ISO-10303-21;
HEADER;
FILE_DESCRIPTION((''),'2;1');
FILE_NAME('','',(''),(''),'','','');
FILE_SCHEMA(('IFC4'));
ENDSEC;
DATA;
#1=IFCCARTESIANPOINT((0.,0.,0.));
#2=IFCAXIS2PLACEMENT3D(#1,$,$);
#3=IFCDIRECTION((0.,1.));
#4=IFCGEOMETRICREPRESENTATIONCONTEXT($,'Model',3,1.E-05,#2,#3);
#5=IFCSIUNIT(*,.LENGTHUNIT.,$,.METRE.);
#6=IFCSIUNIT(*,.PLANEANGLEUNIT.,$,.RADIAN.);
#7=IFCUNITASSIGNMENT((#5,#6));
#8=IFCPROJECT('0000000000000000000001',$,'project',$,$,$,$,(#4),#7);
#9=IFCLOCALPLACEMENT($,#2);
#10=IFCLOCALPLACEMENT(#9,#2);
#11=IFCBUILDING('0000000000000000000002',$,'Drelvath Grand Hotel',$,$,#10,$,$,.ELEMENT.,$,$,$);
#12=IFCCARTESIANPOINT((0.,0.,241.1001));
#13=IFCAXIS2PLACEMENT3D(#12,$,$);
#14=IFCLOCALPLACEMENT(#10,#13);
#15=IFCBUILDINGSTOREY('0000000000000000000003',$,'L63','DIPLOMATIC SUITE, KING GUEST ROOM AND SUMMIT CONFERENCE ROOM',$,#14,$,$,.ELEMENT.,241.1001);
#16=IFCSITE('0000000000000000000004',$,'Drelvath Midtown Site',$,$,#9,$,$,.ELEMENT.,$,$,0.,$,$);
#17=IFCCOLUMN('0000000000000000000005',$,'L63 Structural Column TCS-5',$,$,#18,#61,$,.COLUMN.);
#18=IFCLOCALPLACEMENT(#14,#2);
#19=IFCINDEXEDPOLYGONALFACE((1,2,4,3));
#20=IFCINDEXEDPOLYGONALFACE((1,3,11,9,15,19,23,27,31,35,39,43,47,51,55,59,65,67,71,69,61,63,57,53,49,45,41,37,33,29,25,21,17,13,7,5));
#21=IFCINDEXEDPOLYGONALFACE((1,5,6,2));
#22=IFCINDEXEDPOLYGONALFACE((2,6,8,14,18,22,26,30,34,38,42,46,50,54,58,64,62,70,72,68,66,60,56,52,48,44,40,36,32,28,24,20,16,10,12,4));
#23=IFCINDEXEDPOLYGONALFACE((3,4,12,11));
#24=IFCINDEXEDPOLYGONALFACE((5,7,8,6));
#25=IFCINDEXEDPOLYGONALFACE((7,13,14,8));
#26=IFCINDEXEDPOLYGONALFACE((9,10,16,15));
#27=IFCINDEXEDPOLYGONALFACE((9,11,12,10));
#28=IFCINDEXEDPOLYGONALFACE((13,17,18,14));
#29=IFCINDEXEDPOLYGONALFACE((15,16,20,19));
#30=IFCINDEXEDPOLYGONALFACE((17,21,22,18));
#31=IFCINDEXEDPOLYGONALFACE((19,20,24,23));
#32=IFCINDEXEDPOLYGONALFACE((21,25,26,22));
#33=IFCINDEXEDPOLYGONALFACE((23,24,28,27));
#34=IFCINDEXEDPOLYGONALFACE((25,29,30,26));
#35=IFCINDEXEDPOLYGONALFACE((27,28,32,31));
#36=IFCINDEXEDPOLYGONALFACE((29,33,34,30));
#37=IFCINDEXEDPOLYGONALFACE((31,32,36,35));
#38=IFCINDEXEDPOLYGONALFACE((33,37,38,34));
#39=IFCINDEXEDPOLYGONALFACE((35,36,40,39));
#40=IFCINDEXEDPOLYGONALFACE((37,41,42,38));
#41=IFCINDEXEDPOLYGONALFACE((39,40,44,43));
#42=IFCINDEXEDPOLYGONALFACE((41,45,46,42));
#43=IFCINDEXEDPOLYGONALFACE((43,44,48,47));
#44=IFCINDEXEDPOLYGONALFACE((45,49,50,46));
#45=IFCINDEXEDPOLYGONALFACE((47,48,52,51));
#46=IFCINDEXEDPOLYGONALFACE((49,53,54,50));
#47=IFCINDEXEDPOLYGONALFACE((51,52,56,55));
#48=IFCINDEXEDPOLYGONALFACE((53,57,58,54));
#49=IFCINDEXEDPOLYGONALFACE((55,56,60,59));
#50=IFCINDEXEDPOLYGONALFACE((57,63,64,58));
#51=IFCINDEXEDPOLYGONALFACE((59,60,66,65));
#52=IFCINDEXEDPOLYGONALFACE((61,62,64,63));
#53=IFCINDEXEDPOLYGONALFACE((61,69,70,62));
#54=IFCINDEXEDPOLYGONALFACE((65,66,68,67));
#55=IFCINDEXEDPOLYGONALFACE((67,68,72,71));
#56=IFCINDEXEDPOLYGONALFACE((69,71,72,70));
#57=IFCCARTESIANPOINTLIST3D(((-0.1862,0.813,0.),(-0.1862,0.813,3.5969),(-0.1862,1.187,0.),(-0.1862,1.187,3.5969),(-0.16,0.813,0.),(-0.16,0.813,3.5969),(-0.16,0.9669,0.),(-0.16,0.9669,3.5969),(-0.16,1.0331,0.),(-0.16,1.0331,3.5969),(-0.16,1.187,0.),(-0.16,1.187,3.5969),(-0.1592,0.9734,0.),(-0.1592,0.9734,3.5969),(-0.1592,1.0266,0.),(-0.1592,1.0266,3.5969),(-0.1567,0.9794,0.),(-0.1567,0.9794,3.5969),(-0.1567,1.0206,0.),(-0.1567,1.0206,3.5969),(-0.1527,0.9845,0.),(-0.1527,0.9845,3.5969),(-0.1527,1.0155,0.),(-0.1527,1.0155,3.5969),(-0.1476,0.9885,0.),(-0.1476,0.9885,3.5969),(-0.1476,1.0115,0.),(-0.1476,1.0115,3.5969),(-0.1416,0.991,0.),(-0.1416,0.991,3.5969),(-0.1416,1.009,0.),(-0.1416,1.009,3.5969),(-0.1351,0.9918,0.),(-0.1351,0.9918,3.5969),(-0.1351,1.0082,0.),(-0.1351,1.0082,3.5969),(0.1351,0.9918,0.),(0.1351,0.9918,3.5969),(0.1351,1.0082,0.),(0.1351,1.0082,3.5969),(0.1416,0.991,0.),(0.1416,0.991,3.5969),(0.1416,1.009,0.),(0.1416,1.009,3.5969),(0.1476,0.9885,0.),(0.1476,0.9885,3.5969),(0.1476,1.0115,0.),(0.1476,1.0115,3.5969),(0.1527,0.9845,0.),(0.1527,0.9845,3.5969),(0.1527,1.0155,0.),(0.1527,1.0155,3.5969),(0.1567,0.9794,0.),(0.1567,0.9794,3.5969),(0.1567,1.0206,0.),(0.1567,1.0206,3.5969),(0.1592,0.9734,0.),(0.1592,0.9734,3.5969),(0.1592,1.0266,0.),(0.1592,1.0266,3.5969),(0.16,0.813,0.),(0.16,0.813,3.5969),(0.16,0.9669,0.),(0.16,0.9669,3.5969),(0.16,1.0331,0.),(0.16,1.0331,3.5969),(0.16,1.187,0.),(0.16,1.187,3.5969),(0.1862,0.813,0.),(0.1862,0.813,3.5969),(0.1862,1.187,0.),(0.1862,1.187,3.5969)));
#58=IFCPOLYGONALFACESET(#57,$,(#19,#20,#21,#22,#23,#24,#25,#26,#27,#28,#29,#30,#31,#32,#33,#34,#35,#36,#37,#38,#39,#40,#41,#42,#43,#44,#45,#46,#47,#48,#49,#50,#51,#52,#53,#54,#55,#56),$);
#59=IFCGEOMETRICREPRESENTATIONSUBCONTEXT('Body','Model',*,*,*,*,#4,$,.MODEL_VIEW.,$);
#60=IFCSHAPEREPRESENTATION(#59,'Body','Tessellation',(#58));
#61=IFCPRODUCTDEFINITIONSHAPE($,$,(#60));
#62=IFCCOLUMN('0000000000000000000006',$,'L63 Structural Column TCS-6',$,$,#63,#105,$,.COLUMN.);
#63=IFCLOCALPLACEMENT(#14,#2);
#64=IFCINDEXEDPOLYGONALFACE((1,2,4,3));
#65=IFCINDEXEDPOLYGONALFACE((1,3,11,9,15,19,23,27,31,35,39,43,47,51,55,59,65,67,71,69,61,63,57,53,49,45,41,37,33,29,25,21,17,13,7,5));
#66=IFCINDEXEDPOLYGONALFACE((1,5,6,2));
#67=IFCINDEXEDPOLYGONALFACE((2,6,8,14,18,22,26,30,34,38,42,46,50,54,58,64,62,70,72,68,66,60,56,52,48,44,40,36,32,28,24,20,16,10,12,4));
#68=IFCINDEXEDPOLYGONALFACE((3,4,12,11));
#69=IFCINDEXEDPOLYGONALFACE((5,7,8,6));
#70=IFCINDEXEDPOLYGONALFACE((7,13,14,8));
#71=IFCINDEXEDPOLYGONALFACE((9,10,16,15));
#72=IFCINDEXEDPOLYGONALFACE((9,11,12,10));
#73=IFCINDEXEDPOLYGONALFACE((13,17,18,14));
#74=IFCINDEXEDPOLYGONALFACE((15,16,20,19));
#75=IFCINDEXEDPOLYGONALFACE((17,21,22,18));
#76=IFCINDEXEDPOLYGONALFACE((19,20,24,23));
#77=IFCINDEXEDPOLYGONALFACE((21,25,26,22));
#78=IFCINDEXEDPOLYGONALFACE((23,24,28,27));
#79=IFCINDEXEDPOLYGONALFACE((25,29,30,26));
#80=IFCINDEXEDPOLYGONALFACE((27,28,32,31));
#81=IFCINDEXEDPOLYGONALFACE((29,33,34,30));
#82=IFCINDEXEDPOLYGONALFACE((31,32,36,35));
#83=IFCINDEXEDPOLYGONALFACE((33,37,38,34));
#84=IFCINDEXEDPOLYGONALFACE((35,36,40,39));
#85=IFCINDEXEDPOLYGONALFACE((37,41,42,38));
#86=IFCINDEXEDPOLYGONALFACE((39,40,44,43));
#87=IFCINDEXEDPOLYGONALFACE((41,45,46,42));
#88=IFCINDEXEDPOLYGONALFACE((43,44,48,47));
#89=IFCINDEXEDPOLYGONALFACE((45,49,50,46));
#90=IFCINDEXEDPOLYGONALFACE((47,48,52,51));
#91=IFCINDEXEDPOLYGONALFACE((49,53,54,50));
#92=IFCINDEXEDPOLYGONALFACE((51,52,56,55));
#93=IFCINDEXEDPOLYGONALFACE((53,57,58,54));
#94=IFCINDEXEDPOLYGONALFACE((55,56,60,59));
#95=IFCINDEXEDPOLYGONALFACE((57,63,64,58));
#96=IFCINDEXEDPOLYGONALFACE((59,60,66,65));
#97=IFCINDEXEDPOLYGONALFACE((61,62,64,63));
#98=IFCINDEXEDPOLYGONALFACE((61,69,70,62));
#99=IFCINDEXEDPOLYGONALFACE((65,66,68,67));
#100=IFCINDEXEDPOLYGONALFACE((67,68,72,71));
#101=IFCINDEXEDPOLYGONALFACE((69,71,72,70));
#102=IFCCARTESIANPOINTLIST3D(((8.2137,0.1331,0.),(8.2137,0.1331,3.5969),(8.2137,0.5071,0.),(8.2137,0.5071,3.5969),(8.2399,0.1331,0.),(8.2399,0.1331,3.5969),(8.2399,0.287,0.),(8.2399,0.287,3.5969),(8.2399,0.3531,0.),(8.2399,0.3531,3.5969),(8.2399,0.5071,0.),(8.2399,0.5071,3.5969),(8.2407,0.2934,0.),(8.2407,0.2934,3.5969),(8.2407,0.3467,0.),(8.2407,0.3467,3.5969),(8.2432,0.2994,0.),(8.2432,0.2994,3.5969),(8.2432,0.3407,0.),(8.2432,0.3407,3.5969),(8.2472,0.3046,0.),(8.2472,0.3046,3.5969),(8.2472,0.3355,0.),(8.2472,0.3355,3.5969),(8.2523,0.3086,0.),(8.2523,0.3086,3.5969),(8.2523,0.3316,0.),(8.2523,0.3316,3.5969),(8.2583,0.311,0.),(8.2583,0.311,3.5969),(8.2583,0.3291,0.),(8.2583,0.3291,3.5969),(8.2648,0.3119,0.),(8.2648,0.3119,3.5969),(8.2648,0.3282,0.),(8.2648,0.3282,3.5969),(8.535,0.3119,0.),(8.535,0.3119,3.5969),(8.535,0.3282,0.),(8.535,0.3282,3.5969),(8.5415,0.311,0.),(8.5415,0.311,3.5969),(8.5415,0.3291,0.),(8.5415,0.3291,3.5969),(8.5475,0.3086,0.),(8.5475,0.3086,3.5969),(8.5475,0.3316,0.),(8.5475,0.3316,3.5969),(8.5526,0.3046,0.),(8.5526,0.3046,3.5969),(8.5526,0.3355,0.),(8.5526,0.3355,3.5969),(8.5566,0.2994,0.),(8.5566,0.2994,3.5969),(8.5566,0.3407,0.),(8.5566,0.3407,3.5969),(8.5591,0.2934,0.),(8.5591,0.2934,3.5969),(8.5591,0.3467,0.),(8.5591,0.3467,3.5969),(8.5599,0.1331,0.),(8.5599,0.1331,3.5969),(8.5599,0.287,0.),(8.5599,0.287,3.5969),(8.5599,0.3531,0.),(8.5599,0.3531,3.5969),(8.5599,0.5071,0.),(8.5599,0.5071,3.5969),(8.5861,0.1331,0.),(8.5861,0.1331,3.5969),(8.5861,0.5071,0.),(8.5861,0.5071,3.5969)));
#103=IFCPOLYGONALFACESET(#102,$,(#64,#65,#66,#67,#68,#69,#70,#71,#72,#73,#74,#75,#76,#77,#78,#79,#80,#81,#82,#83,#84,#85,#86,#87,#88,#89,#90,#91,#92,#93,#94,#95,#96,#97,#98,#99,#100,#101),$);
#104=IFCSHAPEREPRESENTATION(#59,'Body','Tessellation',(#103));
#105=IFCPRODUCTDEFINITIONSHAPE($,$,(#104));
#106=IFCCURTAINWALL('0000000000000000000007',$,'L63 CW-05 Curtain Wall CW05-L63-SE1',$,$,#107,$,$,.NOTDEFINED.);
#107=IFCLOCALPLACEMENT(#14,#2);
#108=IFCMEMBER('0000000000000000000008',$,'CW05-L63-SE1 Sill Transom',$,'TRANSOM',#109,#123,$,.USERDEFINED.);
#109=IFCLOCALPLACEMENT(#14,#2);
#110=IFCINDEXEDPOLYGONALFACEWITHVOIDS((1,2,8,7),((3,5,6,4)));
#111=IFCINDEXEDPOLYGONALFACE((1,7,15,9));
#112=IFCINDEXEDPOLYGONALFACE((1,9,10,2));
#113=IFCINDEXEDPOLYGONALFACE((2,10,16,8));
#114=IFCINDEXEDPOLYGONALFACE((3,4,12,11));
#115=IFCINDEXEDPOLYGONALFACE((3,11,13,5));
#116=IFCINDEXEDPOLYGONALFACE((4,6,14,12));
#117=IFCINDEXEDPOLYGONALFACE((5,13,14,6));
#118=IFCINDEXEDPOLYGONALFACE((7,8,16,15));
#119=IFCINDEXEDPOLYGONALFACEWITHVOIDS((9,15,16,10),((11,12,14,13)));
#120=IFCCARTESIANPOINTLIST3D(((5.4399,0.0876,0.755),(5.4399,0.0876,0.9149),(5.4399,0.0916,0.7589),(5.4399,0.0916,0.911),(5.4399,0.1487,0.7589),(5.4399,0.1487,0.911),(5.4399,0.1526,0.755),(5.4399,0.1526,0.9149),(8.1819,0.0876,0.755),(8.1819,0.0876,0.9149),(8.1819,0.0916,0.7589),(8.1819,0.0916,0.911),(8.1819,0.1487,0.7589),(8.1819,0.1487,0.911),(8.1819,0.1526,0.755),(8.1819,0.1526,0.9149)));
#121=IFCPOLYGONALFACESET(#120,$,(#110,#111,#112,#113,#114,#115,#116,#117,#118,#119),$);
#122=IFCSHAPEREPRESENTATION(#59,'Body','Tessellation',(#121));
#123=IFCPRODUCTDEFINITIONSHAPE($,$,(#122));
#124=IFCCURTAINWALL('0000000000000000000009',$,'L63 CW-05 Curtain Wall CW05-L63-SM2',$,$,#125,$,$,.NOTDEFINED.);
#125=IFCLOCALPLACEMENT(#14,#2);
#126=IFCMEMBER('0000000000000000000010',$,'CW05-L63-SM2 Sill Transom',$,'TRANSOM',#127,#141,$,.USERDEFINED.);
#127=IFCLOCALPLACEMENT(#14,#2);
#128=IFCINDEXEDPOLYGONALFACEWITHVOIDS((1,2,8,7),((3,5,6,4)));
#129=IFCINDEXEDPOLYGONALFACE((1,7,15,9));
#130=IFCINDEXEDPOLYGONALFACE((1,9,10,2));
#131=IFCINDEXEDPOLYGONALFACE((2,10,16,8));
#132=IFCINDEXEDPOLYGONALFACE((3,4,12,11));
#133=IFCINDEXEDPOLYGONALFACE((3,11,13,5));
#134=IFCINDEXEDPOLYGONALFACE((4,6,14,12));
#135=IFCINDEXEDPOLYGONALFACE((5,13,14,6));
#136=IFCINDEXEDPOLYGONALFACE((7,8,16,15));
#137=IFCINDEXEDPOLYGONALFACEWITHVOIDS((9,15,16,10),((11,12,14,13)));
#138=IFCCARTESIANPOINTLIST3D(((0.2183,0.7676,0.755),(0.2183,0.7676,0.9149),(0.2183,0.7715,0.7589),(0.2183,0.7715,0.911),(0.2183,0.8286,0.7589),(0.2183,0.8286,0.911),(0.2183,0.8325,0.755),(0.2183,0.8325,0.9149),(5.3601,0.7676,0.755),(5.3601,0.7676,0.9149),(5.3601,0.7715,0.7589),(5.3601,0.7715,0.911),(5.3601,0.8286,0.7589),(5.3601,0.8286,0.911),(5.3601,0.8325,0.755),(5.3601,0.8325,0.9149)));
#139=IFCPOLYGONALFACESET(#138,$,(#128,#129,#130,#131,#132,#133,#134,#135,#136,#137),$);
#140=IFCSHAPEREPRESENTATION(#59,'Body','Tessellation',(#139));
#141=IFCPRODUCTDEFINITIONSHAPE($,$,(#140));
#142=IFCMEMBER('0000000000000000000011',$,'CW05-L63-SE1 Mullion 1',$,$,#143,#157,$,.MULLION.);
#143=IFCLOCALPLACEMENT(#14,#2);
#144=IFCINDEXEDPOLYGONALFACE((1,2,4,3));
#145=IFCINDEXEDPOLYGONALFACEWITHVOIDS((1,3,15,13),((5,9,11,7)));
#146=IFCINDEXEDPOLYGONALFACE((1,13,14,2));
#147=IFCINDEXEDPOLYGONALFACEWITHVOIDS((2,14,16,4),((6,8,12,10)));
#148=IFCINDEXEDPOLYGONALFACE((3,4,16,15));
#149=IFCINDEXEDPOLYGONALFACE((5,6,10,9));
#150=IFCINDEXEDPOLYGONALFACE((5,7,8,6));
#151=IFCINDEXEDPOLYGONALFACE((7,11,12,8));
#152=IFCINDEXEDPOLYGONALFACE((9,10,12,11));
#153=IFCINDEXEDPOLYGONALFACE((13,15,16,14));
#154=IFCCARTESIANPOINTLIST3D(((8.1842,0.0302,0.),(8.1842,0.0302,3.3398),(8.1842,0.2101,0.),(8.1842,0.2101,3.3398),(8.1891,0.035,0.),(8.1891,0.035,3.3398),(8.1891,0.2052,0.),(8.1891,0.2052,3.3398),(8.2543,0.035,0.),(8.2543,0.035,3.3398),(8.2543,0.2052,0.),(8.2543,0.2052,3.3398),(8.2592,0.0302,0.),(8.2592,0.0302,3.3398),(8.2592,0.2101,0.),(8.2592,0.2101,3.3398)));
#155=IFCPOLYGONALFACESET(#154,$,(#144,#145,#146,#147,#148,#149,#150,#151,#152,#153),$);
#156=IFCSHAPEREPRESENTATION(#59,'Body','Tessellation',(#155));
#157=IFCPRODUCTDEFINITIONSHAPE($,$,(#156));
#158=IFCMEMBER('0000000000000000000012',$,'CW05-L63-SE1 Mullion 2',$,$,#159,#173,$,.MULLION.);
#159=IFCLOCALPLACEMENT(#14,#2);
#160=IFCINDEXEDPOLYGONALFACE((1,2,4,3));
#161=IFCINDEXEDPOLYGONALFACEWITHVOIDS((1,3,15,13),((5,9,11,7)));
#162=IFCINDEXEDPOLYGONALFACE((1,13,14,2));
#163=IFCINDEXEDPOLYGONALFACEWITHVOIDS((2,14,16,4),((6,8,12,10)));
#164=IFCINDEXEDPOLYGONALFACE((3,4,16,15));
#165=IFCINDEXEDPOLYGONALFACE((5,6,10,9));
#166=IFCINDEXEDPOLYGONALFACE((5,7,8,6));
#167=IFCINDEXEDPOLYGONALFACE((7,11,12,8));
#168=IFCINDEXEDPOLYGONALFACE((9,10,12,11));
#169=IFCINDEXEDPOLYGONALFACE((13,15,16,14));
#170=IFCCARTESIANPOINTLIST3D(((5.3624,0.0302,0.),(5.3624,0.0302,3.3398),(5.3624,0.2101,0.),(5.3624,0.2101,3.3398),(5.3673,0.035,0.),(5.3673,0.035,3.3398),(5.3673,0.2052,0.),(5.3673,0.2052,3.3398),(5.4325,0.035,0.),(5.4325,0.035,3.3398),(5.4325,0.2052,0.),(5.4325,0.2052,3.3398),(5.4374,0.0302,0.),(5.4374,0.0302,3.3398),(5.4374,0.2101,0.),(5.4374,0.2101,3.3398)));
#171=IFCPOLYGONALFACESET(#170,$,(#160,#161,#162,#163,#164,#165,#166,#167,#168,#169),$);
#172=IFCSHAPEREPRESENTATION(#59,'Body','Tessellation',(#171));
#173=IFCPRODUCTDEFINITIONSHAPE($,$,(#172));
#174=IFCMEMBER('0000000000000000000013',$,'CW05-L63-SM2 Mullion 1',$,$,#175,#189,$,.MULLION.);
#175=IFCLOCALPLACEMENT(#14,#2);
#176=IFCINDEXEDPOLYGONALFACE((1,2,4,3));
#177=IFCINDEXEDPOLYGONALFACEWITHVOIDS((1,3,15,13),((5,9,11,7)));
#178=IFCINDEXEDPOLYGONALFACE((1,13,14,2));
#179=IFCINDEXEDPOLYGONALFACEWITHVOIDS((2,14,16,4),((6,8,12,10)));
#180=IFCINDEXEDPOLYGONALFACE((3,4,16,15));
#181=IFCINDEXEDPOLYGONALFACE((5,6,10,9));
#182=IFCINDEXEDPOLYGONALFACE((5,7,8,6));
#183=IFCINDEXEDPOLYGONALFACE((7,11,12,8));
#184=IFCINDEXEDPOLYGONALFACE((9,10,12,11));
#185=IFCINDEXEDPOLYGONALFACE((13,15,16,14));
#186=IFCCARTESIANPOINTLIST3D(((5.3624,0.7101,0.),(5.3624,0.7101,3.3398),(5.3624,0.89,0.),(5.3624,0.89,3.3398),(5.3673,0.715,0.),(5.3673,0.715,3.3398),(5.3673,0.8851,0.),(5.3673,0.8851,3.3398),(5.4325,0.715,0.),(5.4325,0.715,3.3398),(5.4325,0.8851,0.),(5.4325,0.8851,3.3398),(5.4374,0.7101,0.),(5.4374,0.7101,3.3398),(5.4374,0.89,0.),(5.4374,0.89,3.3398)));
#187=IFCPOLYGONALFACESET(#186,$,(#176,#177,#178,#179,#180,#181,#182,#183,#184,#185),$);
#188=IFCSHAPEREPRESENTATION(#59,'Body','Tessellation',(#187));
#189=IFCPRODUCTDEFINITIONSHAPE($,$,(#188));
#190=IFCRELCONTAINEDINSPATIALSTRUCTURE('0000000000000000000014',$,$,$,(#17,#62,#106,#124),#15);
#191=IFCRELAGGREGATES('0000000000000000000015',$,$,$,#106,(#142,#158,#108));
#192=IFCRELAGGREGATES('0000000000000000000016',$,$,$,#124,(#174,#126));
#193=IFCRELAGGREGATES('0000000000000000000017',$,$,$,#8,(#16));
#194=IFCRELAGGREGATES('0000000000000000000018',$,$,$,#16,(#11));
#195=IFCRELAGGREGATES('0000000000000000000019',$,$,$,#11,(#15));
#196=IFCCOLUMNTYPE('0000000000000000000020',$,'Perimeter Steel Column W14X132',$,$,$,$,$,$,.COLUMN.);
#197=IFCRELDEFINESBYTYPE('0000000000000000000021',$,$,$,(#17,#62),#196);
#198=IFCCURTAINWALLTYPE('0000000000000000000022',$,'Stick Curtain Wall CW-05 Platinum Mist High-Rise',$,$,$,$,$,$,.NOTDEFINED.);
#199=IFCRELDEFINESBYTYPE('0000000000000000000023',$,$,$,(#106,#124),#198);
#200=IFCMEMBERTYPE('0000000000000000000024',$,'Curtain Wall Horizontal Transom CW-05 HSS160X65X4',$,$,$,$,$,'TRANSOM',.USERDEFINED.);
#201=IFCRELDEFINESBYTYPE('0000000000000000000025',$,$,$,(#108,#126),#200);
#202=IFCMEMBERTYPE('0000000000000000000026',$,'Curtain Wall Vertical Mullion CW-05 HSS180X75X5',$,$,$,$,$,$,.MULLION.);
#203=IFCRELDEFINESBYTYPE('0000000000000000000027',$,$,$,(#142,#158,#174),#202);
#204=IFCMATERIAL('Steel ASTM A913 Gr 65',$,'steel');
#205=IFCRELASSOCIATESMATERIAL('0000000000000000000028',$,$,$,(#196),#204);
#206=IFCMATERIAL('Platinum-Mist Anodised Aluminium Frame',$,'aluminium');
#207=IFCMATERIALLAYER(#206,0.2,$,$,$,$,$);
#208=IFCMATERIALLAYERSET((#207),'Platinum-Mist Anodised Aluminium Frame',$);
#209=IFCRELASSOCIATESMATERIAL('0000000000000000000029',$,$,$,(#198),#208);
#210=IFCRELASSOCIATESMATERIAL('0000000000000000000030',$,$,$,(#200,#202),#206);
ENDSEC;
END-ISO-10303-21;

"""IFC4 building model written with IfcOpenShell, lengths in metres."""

from ifc_helpers import new_model, si_unit, direction, frame, origin, origin_2d, place, context, subcontext, project, spatial, hollow_rectangle, i_section, extrude, material, layer, layer_set, material_profile, profile_set, type_object, element, aggregate, save


model = new_model("IFC4")

# Units and contexts
model_context = context("Model", 3, precision=1e-05, world=origin(), true_north=direction((0.0, 1.0)))
body_context = subcontext(model_context, "Body", "Model", "MODEL_VIEW")
ifc_project = project(units=[si_unit("LENGTHUNIT", "METRE"), si_unit("PLANEANGLEUNIT", "RADIAN")], contexts=[model_context])

# Site, building, storey
site_placement = place(None, origin())
site = spatial("IfcSite", under=ifc_project, at=site_placement, Name="Drelvath Midtown Site", CompositionType="ELEMENT", RefElevation=0.0)
building_placement = place(site_placement, origin())
building = spatial("IfcBuilding", under=site, at=building_placement, Name="Drelvath Grand Hotel", CompositionType="ELEMENT")
storey_placement = place(building_placement, frame((0.0, 0.0, 241.1001)))
storey = spatial("IfcBuildingStorey", under=building, at=storey_placement, Name="L63", Description="DIPLOMATIC SUITE, KING GUEST ROOM AND SUMMIT CONFERENCE ROOM", CompositionType="ELEMENT", Elevation=241.1001)

# Columns
ifc_material_1 = material(Name="Steel ASTM A913 Gr 65", Category="steel")
ifc_material_profile_1 = material_profile(ifc_material_1, i_section(OverallWidth=0.374, OverallDepth=0.3723, WebThickness=0.0164, FlangeThickness=0.0261, FilletRadius=0.0249, at=origin_2d()), Name="W14X132")
ifc_profile_set_1 = profile_set([ifc_material_profile_1], Name="Steel ASTM A913 Gr 65")
column_type = type_object("IfcColumnType", Name="Perimeter Steel Column W14X132", PredefinedType="COLUMN", material=ifc_profile_set_1)
for number, where, z_axis, x_axis, name in (
    (1, (0.0, 1.0, 0.0), (0.0, 0.0, 1.0), (0.0, 1.0, 0.0), "L63 Structural Column TCS-5"),
    (2, (8.3999, 0.3201, 0.0), (0.0, 0.0, 1.0), (0.0, 1.0, 0.0), "L63 Structural Column TCS-6"),
):
    element("IfcColumn", number, at=place(storey_placement, frame(where, z_axis=z_axis, x_axis=x_axis)), inside=storey, type_object=column_type, Name=name, PredefinedType="COLUMN", context=body_context, shape_type="SweptSolid", body=[
        extrude(i_section(OverallWidth=0.374, OverallDepth=0.3723, WebThickness=0.0164, FlangeThickness=0.0261, FilletRadius=0.0249, at=origin_2d()), origin(), (0.0, 0.0, 1.0), 3.5969),
    ])

# Curtain walls, members
ifc_material_2 = material(Name="Platinum-Mist Anodised Aluminium Frame", Category="aluminium")
ifc_layer_1 = layer(ifc_material_2, 0.2)
ifc_layer_set_1 = layer_set([ifc_layer_1], Name="Platinum-Mist Anodised Aluminium Frame")
curtain_wall_type = type_object("IfcCurtainWallType", Name="Stick Curtain Wall CW-05 Platinum Mist High-Rise", PredefinedType="NOTDEFINED", material=ifc_layer_set_1)
curtain_wall_1_placement = place(storey_placement, origin())
curtain_wall_1 = element("IfcCurtainWall", 3, at=curtain_wall_1_placement, inside=storey, type_object=curtain_wall_type, Name="L63 CW-05 Curtain Wall CW05-L63-SE1", PredefinedType="NOTDEFINED")
ifc_material_profile_2 = material_profile(ifc_material_2, hollow_rectangle(XDim=0.0649, YDim=0.1599, WallThickness=0.0039, at=origin_2d()), Name="HSS160X65X4")
ifc_profile_set_2 = profile_set([ifc_material_profile_2], Name="Platinum-Mist Anodised Aluminium Frame")
member_type_1 = type_object("IfcMemberType", Name="Curtain Wall Horizontal Transom CW-05 HSS160X65X4", ElementType="TRANSOM", PredefinedType="USERDEFINED", material=ifc_profile_set_2)
member_1_placement = place(storey_placement, frame((8.1819, 0.1201, 0.835), z_axis=(-1.0, 0.0, 0.0), x_axis=(0.0, -1.0, 0.0)))
member_1 = element("IfcMember", 4, at=member_1_placement, type_object=member_type_1, Name="CW05-L63-SE1 Sill Transom", ObjectType="TRANSOM", PredefinedType="USERDEFINED", context=body_context, shape_type="SweptSolid", body=[
    extrude(hollow_rectangle(XDim=0.0649, YDim=0.1599, WallThickness=0.0039, at=origin_2d()), origin(), (0.0, 0.0, 1.0), 2.7419),
])
curtain_wall_2_placement = place(storey_placement, origin())
curtain_wall_2 = element("IfcCurtainWall", 5, at=curtain_wall_2_placement, inside=storey, type_object=curtain_wall_type, Name="L63 CW-05 Curtain Wall CW05-L63-SM2", PredefinedType="NOTDEFINED")
member_2_placement = place(storey_placement, frame((5.3601, 0.8, 0.835), z_axis=(-1.0, 0.0, 0.0), x_axis=(0.0, -1.0, 0.0)))
member_2 = element("IfcMember", 6, at=member_2_placement, type_object=member_type_1, Name="CW05-L63-SM2 Sill Transom", ObjectType="TRANSOM", PredefinedType="USERDEFINED", context=body_context, shape_type="SweptSolid", body=[
    extrude(hollow_rectangle(XDim=0.0649, YDim=0.1599, WallThickness=0.0039, at=origin_2d()), origin(), (0.0, 0.0, 1.0), 5.1418),
])

# Members
ifc_material_profile_3 = material_profile(ifc_material_2, hollow_rectangle(XDim=0.075, YDim=0.1799, WallThickness=0.0049, at=origin_2d()), Name="HSS180X75X5")
ifc_profile_set_3 = profile_set([ifc_material_profile_3], Name="Platinum-Mist Anodised Aluminium Frame")
member_type_2 = type_object("IfcMemberType", Name="Curtain Wall Vertical Mullion CW-05 HSS180X75X5", PredefinedType="MULLION", material=ifc_profile_set_3)
member_3_placement = place(storey_placement, frame((8.2217, 0.1201, 0.0), z_axis=(0.0, 0.0, 1.0), x_axis=(1.0, 0.0, 0.0)))
member_3 = element("IfcMember", 7, at=member_3_placement, type_object=member_type_2, Name="CW05-L63-SE1 Mullion 1", PredefinedType="MULLION", context=body_context, shape_type="SweptSolid", body=[
    extrude(hollow_rectangle(XDim=0.075, YDim=0.1799, WallThickness=0.0049, at=origin_2d()), origin(), (0.0, 0.0, 1.0), 3.3398),
])
member_4_placement = place(storey_placement, frame((5.3999, 0.1201, 0.0), z_axis=(0.0, 0.0, 1.0), x_axis=(1.0, 0.0, 0.0)))
member_4 = element("IfcMember", 8, at=member_4_placement, type_object=member_type_2, Name="CW05-L63-SE1 Mullion 2", PredefinedType="MULLION", context=body_context, shape_type="SweptSolid", body=[
    extrude(hollow_rectangle(XDim=0.075, YDim=0.1799, WallThickness=0.0049, at=origin_2d()), origin(), (0.0, 0.0, 1.0), 3.3398),
])
member_5_placement = place(storey_placement, frame((5.3999, 0.8, 0.0), z_axis=(0.0, 0.0, 1.0), x_axis=(1.0, 0.0, 0.0)))
member_5 = element("IfcMember", 9, at=member_5_placement, type_object=member_type_2, Name="CW05-L63-SM2 Mullion 1", PredefinedType="MULLION", context=body_context, shape_type="SweptSolid", body=[
    extrude(hollow_rectangle(XDim=0.075, YDim=0.1799, WallThickness=0.0049, at=origin_2d()), origin(), (0.0, 0.0, 1.0), 3.3398),
])

aggregate(curtain_wall_1, [member_3, member_4, member_1])
aggregate(curtain_wall_2, [member_5, member_2])

save(model, "model.ifc")
